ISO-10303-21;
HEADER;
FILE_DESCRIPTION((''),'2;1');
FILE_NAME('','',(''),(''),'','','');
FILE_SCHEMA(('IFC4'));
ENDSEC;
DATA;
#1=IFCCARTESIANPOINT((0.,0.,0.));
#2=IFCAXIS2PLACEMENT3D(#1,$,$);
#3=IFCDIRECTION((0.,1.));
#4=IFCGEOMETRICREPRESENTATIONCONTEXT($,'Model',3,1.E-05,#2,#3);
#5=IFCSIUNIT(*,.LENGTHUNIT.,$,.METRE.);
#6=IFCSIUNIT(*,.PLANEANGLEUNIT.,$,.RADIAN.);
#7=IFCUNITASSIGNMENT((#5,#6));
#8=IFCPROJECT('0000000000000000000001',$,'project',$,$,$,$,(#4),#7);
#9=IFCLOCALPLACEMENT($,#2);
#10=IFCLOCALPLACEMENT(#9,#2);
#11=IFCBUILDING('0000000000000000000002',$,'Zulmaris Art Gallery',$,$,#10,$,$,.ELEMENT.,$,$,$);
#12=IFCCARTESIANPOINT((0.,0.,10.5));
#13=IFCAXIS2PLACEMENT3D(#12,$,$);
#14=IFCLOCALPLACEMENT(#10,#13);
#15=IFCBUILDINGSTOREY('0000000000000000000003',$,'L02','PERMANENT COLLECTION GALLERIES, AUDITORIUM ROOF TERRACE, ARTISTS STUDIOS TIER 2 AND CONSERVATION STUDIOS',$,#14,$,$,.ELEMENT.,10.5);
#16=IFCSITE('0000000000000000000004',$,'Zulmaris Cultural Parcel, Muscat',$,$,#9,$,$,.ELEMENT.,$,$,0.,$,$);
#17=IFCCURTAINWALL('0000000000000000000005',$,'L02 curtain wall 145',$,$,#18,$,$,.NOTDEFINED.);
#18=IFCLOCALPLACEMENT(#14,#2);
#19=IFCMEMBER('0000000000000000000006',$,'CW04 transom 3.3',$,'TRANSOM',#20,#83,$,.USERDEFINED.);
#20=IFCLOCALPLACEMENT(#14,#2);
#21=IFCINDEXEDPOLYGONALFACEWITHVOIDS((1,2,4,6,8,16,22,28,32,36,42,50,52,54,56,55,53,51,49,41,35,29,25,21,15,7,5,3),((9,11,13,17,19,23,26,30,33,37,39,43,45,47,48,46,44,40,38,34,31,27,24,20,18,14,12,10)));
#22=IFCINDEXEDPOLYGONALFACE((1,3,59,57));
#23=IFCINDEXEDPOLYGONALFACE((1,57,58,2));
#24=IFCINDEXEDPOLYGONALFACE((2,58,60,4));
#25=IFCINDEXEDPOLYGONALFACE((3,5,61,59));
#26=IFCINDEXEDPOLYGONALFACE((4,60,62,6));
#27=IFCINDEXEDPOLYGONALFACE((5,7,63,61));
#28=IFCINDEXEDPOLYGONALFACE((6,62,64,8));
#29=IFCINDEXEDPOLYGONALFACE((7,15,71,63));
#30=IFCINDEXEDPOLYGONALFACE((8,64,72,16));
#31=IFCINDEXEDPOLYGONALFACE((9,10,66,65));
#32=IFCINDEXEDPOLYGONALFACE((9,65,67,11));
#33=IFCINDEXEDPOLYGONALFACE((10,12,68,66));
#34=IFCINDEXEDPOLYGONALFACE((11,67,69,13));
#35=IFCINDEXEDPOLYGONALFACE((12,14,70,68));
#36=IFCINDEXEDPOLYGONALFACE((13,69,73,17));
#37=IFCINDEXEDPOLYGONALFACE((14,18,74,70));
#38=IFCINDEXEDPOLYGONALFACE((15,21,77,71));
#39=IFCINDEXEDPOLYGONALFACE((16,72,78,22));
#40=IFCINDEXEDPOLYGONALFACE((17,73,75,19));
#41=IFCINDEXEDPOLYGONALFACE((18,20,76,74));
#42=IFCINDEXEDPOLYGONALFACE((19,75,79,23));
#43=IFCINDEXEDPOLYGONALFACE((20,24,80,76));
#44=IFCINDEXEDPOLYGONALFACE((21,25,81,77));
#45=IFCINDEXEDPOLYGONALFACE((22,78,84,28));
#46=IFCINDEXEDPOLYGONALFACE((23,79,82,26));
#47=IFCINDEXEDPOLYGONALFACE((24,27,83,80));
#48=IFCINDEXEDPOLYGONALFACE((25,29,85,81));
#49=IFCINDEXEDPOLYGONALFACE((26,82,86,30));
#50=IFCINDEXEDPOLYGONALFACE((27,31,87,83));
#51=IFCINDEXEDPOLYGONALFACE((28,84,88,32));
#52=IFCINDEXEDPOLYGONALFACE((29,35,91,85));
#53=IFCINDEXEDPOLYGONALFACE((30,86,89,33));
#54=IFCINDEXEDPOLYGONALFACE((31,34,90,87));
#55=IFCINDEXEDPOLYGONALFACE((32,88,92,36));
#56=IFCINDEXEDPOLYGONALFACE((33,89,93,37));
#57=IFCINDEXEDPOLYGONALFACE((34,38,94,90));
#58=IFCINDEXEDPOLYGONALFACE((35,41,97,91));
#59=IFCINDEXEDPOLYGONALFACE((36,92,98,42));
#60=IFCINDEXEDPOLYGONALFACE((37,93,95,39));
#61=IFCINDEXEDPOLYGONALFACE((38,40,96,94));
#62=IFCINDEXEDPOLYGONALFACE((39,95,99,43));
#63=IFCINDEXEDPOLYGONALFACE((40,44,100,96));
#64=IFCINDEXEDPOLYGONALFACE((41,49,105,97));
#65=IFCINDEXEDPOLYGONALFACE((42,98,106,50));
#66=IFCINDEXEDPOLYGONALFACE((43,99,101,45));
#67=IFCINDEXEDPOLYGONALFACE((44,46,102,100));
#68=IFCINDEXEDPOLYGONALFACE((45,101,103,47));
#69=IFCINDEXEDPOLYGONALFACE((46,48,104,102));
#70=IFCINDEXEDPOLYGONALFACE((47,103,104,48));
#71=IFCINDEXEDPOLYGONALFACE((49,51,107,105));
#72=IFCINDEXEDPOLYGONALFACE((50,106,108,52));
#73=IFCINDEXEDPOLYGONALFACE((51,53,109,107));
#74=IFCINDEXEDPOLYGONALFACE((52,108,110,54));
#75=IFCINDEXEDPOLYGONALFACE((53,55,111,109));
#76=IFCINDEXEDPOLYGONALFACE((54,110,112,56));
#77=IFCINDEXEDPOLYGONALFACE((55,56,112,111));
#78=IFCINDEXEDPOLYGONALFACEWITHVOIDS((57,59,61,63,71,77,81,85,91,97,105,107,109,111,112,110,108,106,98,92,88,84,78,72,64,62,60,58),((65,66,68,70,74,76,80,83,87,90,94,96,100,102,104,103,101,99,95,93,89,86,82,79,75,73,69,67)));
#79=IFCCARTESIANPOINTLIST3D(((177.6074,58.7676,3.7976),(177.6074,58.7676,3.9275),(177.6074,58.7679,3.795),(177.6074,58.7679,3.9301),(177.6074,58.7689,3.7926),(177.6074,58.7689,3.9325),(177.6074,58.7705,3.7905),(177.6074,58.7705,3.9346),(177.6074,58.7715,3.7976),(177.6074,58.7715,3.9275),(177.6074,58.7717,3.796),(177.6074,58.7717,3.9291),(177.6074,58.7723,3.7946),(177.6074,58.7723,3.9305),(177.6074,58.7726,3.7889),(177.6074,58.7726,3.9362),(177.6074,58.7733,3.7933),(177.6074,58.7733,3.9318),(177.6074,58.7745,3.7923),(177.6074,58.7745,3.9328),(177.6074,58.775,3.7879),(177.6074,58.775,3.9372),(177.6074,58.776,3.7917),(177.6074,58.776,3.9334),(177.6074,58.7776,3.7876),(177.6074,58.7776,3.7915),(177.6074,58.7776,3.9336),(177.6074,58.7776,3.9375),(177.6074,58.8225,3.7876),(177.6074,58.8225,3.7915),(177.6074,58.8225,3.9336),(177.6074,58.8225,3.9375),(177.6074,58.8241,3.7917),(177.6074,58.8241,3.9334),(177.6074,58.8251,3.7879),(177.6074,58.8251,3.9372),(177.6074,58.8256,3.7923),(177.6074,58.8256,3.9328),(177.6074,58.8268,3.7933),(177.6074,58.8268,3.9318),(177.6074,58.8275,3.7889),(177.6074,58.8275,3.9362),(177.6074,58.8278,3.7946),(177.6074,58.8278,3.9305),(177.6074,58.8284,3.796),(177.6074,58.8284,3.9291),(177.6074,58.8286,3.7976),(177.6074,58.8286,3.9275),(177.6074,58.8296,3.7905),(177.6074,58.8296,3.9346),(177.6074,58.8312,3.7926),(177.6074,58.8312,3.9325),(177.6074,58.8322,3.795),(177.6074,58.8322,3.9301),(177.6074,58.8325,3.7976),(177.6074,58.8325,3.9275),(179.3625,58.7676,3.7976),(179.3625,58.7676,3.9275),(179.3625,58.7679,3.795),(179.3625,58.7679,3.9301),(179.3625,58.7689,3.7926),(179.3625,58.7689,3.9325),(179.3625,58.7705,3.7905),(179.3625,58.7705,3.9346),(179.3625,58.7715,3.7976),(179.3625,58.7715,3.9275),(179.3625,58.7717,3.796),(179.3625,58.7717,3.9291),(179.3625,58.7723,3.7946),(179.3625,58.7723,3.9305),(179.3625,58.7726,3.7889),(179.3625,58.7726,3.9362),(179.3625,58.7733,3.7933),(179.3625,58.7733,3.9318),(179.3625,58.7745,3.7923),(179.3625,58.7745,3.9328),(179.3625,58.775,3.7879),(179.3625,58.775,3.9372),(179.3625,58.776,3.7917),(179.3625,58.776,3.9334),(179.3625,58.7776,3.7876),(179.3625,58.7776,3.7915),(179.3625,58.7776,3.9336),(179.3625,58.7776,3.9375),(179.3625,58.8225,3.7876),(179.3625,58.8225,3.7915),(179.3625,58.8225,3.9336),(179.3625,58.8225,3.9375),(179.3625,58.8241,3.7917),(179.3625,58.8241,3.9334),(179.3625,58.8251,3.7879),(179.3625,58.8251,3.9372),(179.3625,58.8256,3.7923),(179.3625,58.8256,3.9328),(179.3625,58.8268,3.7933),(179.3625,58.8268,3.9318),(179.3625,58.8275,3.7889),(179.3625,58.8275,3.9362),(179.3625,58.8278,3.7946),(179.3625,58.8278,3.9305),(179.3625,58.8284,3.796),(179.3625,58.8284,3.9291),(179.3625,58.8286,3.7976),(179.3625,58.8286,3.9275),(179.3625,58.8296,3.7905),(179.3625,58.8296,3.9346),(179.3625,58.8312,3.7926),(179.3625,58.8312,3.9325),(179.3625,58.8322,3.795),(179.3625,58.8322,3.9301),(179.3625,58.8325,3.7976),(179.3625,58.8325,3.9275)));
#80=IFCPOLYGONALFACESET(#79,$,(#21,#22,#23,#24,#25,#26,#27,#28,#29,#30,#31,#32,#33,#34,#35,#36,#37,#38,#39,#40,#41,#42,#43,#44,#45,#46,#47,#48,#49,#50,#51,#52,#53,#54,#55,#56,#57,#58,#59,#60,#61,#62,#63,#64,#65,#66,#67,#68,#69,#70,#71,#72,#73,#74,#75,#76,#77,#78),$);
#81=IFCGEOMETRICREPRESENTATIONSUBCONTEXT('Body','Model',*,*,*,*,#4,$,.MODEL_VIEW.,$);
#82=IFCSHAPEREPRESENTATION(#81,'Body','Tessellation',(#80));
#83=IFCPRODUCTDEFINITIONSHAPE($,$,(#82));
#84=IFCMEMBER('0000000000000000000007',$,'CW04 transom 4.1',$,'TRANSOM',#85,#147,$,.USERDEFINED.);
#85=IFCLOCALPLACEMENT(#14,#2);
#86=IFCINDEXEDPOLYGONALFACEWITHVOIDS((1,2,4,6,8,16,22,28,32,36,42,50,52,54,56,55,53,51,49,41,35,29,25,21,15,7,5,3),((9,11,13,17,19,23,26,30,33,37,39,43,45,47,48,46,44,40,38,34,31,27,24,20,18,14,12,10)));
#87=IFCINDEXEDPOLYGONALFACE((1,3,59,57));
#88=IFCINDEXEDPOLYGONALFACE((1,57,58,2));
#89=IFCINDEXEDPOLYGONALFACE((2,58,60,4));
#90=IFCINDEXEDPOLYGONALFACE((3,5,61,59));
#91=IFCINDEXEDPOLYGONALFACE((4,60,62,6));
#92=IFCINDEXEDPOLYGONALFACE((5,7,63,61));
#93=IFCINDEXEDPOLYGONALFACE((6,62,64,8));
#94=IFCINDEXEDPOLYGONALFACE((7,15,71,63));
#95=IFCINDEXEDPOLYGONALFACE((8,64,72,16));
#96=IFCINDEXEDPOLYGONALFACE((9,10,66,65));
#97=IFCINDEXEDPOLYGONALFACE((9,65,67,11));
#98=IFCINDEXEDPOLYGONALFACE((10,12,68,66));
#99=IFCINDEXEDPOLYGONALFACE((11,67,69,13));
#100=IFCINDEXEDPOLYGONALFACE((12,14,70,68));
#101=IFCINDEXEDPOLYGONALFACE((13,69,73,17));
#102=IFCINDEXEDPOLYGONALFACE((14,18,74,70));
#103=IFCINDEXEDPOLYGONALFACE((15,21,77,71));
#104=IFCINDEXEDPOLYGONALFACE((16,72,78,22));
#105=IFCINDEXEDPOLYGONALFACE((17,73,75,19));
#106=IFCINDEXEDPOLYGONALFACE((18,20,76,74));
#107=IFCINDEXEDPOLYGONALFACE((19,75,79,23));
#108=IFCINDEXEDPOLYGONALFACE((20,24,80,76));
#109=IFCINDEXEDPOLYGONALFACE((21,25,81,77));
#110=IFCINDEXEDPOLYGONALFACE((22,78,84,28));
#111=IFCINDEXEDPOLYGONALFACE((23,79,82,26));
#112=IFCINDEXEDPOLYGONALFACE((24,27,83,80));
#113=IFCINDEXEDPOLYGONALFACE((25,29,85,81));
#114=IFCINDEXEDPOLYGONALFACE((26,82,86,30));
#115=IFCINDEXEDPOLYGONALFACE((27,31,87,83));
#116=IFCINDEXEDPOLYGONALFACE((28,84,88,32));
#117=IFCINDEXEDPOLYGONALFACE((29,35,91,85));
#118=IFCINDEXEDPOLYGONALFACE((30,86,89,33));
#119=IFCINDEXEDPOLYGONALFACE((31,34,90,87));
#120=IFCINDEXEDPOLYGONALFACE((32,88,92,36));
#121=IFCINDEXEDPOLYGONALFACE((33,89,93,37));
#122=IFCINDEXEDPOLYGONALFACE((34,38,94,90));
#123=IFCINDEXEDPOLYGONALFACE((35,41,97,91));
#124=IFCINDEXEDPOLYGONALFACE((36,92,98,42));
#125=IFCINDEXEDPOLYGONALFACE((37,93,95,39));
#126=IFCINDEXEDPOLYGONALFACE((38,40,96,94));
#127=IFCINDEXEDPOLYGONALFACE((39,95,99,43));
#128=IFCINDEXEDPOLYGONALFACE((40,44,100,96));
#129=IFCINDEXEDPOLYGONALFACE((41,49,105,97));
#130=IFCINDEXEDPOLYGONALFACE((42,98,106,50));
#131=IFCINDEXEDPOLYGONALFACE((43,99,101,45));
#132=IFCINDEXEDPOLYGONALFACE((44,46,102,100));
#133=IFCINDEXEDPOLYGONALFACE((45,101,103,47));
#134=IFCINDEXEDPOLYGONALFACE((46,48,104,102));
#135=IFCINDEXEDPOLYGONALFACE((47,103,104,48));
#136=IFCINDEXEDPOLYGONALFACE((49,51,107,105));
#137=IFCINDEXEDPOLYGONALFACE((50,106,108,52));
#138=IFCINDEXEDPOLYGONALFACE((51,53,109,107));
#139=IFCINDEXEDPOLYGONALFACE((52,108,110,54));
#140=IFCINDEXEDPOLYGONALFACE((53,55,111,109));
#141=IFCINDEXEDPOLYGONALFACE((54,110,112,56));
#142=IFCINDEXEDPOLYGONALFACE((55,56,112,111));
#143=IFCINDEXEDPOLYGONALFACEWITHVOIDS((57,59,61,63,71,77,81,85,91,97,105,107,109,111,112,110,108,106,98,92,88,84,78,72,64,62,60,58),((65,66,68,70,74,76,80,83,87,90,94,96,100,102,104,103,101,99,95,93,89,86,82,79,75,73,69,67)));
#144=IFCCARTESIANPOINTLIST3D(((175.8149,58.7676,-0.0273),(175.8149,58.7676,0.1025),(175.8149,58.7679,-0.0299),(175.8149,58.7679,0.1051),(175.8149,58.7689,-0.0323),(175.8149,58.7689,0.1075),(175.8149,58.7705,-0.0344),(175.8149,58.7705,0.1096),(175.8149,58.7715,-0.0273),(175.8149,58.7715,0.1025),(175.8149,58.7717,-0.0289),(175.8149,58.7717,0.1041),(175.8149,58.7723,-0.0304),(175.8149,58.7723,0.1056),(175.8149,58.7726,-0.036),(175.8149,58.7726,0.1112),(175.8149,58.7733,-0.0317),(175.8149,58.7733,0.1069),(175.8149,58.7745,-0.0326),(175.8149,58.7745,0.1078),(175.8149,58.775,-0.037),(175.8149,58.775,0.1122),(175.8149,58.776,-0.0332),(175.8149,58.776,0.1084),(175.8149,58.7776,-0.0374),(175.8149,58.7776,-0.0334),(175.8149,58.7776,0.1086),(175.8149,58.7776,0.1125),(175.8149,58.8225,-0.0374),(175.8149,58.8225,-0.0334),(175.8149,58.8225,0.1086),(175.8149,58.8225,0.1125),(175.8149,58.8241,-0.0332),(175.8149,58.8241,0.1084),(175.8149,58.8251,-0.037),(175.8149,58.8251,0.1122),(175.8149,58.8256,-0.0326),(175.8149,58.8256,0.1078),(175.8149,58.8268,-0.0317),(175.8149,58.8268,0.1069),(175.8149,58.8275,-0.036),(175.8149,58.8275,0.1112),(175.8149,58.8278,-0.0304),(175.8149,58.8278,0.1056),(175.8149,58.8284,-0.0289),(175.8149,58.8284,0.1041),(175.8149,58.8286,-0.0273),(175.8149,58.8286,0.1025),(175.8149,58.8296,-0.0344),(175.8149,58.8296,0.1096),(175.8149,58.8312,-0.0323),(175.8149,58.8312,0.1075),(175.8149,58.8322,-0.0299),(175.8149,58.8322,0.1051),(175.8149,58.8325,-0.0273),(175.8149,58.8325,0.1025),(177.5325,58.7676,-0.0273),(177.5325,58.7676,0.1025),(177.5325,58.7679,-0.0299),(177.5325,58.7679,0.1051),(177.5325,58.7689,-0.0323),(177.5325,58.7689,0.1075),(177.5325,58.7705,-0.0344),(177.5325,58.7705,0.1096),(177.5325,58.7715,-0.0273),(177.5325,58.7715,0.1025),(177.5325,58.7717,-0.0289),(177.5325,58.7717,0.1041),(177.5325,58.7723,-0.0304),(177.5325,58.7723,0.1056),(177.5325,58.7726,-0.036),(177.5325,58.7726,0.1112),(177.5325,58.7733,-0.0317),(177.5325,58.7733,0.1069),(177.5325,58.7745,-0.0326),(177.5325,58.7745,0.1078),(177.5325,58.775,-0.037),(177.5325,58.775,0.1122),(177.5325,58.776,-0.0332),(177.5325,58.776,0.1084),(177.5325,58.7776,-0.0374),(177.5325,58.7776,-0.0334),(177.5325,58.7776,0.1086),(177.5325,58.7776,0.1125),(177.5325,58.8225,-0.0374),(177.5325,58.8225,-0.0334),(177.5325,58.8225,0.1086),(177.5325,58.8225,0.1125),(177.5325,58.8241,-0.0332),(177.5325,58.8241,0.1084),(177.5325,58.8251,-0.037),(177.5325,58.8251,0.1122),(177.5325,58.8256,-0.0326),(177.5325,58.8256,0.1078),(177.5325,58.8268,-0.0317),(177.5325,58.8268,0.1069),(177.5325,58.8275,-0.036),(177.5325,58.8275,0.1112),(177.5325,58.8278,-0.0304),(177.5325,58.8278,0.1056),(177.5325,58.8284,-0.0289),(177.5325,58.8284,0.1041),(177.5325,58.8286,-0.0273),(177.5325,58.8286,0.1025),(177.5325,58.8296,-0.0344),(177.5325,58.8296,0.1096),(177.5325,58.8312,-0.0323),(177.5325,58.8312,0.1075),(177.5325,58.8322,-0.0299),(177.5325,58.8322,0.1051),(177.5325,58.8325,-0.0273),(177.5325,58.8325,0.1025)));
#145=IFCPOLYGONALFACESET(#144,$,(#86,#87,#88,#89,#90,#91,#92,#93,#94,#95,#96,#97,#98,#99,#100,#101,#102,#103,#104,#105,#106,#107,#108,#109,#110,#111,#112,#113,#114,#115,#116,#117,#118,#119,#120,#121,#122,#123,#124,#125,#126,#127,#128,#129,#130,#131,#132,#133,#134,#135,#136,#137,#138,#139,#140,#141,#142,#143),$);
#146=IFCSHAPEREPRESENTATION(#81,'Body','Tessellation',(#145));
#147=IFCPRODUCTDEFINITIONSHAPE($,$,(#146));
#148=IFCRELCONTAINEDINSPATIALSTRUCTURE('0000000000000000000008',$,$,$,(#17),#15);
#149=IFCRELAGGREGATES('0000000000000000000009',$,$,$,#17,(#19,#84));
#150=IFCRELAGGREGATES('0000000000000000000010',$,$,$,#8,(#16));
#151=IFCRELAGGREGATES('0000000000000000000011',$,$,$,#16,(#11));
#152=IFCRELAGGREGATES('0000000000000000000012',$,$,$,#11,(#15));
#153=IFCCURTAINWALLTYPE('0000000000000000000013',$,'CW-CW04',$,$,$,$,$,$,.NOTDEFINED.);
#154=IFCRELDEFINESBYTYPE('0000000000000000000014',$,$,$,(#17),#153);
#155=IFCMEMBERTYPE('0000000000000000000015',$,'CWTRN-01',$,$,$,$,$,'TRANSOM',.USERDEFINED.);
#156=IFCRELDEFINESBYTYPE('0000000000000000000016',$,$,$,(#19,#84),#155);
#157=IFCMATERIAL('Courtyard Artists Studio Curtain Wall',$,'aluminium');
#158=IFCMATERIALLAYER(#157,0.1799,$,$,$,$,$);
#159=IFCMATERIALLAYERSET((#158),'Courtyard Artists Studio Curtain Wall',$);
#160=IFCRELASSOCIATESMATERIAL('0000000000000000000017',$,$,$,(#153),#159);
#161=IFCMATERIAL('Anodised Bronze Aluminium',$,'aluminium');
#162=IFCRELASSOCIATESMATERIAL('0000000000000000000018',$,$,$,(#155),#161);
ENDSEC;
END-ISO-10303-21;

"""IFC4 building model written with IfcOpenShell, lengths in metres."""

from ifc_helpers import new_model, si_unit, direction, frame, origin, origin_2d, place, context, subcontext, project, spatial, hollow_rectangle, extrude, material, layer, layer_set, material_profile, profile_set, type_object, element, aggregate, save


model = new_model("IFC4")

# Units and contexts
model_context = context("Model", 3, precision=1e-05, world=origin(), true_north=direction((0.0, 1.0)))
body_context = subcontext(model_context, "Body", "Model", "MODEL_VIEW")
ifc_project = project(units=[si_unit("LENGTHUNIT", "METRE"), si_unit("PLANEANGLEUNIT", "RADIAN")], contexts=[model_context])

# Site, building, storey
site_placement = place(None, origin())
site = spatial("IfcSite", under=ifc_project, at=site_placement, Name="Zulmaris Cultural Parcel, Muscat", CompositionType="ELEMENT", RefElevation=0.0)
building_placement = place(site_placement, origin())
building = spatial("IfcBuilding", under=site, at=building_placement, Name="Zulmaris Art Gallery", CompositionType="ELEMENT")
storey_placement = place(building_placement, frame((0.0, 0.0, 10.5)))
storey = spatial("IfcBuildingStorey", under=building, at=storey_placement, Name="L02", Description="PERMANENT COLLECTION GALLERIES, AUDITORIUM ROOF TERRACE, ARTISTS STUDIOS TIER 2 AND CONSERVATION STUDIOS", CompositionType="ELEMENT", Elevation=10.5)

# Shared definitions
ifc_material_1 = material(Name="Courtyard Artists Studio Curtain Wall", Category="aluminium")
ifc_layer_1 = layer(ifc_material_1, 0.1799)
ifc_layer_set_1 = layer_set([ifc_layer_1], Name="Courtyard Artists Studio Curtain Wall")
curtain_wall_type = type_object("IfcCurtainWallType", Name="CW-CW04", PredefinedType="NOTDEFINED", material=ifc_layer_set_1)
ifc_material_2 = material(Name="Anodised Bronze Aluminium", Category="aluminium")

# Curtain wall, members
curtain_wall_1_placement = place(storey_placement, origin())
curtain_wall_1 = element("IfcCurtainWall", 1, at=curtain_wall_1_placement, inside=storey, type_object=curtain_wall_type, Name="L02 curtain wall 145", PredefinedType="NOTDEFINED")
ifc_material_profile_1 = material_profile(ifc_material_2, hollow_rectangle(XDim=0.0649, YDim=0.1499, WallThickness=0.0039, InnerFilletRadius=0.0061, OuterFilletRadius=0.01, at=origin_2d()), Name="ALU 65x150x4")
ifc_profile_set_1 = profile_set([ifc_material_profile_1], Name="Anodised Bronze Aluminium")
member_type_1 = type_object("IfcMemberType", Name="CWTRN-01", ElementType="TRANSOM", PredefinedType="USERDEFINED", material=ifc_profile_set_1)
member_1_placement = place(storey_placement, frame((179.3625, 58.8, 3.8625), z_axis=(-1.0, 0.0, 0.0), x_axis=(0.0, -1.0, 0.0)))
member_1 = element("IfcMember", 2, at=member_1_placement, type_object=member_type_1, Name="CW04 transom 3.3", ObjectType="TRANSOM", PredefinedType="USERDEFINED", context=body_context, shape_type="SweptSolid", body=[
    extrude(hollow_rectangle(XDim=0.0649, YDim=0.1499, WallThickness=0.0039, InnerFilletRadius=0.0061, OuterFilletRadius=0.01, at=origin_2d()), origin(), (0.0, 0.0, 1.0), 1.7551),
])
member_2_placement = place(storey_placement, frame((177.5325, 58.8, 0.0376), z_axis=(-1.0, 0.0, 0.0), x_axis=(0.0, -1.0, 0.0)))
member_2 = element("IfcMember", 3, at=member_2_placement, type_object=member_type_1, Name="CW04 transom 4.1", ObjectType="TRANSOM", PredefinedType="USERDEFINED", context=body_context, shape_type="SweptSolid", body=[
    extrude(hollow_rectangle(XDim=0.0649, YDim=0.1499, WallThickness=0.0039, InnerFilletRadius=0.0061, OuterFilletRadius=0.01, at=origin_2d()), origin(), (0.0, 0.0, 1.0), 1.7175),
])

aggregate(curtain_wall_1, [member_1, member_2])

save(model, "model.ifc")
